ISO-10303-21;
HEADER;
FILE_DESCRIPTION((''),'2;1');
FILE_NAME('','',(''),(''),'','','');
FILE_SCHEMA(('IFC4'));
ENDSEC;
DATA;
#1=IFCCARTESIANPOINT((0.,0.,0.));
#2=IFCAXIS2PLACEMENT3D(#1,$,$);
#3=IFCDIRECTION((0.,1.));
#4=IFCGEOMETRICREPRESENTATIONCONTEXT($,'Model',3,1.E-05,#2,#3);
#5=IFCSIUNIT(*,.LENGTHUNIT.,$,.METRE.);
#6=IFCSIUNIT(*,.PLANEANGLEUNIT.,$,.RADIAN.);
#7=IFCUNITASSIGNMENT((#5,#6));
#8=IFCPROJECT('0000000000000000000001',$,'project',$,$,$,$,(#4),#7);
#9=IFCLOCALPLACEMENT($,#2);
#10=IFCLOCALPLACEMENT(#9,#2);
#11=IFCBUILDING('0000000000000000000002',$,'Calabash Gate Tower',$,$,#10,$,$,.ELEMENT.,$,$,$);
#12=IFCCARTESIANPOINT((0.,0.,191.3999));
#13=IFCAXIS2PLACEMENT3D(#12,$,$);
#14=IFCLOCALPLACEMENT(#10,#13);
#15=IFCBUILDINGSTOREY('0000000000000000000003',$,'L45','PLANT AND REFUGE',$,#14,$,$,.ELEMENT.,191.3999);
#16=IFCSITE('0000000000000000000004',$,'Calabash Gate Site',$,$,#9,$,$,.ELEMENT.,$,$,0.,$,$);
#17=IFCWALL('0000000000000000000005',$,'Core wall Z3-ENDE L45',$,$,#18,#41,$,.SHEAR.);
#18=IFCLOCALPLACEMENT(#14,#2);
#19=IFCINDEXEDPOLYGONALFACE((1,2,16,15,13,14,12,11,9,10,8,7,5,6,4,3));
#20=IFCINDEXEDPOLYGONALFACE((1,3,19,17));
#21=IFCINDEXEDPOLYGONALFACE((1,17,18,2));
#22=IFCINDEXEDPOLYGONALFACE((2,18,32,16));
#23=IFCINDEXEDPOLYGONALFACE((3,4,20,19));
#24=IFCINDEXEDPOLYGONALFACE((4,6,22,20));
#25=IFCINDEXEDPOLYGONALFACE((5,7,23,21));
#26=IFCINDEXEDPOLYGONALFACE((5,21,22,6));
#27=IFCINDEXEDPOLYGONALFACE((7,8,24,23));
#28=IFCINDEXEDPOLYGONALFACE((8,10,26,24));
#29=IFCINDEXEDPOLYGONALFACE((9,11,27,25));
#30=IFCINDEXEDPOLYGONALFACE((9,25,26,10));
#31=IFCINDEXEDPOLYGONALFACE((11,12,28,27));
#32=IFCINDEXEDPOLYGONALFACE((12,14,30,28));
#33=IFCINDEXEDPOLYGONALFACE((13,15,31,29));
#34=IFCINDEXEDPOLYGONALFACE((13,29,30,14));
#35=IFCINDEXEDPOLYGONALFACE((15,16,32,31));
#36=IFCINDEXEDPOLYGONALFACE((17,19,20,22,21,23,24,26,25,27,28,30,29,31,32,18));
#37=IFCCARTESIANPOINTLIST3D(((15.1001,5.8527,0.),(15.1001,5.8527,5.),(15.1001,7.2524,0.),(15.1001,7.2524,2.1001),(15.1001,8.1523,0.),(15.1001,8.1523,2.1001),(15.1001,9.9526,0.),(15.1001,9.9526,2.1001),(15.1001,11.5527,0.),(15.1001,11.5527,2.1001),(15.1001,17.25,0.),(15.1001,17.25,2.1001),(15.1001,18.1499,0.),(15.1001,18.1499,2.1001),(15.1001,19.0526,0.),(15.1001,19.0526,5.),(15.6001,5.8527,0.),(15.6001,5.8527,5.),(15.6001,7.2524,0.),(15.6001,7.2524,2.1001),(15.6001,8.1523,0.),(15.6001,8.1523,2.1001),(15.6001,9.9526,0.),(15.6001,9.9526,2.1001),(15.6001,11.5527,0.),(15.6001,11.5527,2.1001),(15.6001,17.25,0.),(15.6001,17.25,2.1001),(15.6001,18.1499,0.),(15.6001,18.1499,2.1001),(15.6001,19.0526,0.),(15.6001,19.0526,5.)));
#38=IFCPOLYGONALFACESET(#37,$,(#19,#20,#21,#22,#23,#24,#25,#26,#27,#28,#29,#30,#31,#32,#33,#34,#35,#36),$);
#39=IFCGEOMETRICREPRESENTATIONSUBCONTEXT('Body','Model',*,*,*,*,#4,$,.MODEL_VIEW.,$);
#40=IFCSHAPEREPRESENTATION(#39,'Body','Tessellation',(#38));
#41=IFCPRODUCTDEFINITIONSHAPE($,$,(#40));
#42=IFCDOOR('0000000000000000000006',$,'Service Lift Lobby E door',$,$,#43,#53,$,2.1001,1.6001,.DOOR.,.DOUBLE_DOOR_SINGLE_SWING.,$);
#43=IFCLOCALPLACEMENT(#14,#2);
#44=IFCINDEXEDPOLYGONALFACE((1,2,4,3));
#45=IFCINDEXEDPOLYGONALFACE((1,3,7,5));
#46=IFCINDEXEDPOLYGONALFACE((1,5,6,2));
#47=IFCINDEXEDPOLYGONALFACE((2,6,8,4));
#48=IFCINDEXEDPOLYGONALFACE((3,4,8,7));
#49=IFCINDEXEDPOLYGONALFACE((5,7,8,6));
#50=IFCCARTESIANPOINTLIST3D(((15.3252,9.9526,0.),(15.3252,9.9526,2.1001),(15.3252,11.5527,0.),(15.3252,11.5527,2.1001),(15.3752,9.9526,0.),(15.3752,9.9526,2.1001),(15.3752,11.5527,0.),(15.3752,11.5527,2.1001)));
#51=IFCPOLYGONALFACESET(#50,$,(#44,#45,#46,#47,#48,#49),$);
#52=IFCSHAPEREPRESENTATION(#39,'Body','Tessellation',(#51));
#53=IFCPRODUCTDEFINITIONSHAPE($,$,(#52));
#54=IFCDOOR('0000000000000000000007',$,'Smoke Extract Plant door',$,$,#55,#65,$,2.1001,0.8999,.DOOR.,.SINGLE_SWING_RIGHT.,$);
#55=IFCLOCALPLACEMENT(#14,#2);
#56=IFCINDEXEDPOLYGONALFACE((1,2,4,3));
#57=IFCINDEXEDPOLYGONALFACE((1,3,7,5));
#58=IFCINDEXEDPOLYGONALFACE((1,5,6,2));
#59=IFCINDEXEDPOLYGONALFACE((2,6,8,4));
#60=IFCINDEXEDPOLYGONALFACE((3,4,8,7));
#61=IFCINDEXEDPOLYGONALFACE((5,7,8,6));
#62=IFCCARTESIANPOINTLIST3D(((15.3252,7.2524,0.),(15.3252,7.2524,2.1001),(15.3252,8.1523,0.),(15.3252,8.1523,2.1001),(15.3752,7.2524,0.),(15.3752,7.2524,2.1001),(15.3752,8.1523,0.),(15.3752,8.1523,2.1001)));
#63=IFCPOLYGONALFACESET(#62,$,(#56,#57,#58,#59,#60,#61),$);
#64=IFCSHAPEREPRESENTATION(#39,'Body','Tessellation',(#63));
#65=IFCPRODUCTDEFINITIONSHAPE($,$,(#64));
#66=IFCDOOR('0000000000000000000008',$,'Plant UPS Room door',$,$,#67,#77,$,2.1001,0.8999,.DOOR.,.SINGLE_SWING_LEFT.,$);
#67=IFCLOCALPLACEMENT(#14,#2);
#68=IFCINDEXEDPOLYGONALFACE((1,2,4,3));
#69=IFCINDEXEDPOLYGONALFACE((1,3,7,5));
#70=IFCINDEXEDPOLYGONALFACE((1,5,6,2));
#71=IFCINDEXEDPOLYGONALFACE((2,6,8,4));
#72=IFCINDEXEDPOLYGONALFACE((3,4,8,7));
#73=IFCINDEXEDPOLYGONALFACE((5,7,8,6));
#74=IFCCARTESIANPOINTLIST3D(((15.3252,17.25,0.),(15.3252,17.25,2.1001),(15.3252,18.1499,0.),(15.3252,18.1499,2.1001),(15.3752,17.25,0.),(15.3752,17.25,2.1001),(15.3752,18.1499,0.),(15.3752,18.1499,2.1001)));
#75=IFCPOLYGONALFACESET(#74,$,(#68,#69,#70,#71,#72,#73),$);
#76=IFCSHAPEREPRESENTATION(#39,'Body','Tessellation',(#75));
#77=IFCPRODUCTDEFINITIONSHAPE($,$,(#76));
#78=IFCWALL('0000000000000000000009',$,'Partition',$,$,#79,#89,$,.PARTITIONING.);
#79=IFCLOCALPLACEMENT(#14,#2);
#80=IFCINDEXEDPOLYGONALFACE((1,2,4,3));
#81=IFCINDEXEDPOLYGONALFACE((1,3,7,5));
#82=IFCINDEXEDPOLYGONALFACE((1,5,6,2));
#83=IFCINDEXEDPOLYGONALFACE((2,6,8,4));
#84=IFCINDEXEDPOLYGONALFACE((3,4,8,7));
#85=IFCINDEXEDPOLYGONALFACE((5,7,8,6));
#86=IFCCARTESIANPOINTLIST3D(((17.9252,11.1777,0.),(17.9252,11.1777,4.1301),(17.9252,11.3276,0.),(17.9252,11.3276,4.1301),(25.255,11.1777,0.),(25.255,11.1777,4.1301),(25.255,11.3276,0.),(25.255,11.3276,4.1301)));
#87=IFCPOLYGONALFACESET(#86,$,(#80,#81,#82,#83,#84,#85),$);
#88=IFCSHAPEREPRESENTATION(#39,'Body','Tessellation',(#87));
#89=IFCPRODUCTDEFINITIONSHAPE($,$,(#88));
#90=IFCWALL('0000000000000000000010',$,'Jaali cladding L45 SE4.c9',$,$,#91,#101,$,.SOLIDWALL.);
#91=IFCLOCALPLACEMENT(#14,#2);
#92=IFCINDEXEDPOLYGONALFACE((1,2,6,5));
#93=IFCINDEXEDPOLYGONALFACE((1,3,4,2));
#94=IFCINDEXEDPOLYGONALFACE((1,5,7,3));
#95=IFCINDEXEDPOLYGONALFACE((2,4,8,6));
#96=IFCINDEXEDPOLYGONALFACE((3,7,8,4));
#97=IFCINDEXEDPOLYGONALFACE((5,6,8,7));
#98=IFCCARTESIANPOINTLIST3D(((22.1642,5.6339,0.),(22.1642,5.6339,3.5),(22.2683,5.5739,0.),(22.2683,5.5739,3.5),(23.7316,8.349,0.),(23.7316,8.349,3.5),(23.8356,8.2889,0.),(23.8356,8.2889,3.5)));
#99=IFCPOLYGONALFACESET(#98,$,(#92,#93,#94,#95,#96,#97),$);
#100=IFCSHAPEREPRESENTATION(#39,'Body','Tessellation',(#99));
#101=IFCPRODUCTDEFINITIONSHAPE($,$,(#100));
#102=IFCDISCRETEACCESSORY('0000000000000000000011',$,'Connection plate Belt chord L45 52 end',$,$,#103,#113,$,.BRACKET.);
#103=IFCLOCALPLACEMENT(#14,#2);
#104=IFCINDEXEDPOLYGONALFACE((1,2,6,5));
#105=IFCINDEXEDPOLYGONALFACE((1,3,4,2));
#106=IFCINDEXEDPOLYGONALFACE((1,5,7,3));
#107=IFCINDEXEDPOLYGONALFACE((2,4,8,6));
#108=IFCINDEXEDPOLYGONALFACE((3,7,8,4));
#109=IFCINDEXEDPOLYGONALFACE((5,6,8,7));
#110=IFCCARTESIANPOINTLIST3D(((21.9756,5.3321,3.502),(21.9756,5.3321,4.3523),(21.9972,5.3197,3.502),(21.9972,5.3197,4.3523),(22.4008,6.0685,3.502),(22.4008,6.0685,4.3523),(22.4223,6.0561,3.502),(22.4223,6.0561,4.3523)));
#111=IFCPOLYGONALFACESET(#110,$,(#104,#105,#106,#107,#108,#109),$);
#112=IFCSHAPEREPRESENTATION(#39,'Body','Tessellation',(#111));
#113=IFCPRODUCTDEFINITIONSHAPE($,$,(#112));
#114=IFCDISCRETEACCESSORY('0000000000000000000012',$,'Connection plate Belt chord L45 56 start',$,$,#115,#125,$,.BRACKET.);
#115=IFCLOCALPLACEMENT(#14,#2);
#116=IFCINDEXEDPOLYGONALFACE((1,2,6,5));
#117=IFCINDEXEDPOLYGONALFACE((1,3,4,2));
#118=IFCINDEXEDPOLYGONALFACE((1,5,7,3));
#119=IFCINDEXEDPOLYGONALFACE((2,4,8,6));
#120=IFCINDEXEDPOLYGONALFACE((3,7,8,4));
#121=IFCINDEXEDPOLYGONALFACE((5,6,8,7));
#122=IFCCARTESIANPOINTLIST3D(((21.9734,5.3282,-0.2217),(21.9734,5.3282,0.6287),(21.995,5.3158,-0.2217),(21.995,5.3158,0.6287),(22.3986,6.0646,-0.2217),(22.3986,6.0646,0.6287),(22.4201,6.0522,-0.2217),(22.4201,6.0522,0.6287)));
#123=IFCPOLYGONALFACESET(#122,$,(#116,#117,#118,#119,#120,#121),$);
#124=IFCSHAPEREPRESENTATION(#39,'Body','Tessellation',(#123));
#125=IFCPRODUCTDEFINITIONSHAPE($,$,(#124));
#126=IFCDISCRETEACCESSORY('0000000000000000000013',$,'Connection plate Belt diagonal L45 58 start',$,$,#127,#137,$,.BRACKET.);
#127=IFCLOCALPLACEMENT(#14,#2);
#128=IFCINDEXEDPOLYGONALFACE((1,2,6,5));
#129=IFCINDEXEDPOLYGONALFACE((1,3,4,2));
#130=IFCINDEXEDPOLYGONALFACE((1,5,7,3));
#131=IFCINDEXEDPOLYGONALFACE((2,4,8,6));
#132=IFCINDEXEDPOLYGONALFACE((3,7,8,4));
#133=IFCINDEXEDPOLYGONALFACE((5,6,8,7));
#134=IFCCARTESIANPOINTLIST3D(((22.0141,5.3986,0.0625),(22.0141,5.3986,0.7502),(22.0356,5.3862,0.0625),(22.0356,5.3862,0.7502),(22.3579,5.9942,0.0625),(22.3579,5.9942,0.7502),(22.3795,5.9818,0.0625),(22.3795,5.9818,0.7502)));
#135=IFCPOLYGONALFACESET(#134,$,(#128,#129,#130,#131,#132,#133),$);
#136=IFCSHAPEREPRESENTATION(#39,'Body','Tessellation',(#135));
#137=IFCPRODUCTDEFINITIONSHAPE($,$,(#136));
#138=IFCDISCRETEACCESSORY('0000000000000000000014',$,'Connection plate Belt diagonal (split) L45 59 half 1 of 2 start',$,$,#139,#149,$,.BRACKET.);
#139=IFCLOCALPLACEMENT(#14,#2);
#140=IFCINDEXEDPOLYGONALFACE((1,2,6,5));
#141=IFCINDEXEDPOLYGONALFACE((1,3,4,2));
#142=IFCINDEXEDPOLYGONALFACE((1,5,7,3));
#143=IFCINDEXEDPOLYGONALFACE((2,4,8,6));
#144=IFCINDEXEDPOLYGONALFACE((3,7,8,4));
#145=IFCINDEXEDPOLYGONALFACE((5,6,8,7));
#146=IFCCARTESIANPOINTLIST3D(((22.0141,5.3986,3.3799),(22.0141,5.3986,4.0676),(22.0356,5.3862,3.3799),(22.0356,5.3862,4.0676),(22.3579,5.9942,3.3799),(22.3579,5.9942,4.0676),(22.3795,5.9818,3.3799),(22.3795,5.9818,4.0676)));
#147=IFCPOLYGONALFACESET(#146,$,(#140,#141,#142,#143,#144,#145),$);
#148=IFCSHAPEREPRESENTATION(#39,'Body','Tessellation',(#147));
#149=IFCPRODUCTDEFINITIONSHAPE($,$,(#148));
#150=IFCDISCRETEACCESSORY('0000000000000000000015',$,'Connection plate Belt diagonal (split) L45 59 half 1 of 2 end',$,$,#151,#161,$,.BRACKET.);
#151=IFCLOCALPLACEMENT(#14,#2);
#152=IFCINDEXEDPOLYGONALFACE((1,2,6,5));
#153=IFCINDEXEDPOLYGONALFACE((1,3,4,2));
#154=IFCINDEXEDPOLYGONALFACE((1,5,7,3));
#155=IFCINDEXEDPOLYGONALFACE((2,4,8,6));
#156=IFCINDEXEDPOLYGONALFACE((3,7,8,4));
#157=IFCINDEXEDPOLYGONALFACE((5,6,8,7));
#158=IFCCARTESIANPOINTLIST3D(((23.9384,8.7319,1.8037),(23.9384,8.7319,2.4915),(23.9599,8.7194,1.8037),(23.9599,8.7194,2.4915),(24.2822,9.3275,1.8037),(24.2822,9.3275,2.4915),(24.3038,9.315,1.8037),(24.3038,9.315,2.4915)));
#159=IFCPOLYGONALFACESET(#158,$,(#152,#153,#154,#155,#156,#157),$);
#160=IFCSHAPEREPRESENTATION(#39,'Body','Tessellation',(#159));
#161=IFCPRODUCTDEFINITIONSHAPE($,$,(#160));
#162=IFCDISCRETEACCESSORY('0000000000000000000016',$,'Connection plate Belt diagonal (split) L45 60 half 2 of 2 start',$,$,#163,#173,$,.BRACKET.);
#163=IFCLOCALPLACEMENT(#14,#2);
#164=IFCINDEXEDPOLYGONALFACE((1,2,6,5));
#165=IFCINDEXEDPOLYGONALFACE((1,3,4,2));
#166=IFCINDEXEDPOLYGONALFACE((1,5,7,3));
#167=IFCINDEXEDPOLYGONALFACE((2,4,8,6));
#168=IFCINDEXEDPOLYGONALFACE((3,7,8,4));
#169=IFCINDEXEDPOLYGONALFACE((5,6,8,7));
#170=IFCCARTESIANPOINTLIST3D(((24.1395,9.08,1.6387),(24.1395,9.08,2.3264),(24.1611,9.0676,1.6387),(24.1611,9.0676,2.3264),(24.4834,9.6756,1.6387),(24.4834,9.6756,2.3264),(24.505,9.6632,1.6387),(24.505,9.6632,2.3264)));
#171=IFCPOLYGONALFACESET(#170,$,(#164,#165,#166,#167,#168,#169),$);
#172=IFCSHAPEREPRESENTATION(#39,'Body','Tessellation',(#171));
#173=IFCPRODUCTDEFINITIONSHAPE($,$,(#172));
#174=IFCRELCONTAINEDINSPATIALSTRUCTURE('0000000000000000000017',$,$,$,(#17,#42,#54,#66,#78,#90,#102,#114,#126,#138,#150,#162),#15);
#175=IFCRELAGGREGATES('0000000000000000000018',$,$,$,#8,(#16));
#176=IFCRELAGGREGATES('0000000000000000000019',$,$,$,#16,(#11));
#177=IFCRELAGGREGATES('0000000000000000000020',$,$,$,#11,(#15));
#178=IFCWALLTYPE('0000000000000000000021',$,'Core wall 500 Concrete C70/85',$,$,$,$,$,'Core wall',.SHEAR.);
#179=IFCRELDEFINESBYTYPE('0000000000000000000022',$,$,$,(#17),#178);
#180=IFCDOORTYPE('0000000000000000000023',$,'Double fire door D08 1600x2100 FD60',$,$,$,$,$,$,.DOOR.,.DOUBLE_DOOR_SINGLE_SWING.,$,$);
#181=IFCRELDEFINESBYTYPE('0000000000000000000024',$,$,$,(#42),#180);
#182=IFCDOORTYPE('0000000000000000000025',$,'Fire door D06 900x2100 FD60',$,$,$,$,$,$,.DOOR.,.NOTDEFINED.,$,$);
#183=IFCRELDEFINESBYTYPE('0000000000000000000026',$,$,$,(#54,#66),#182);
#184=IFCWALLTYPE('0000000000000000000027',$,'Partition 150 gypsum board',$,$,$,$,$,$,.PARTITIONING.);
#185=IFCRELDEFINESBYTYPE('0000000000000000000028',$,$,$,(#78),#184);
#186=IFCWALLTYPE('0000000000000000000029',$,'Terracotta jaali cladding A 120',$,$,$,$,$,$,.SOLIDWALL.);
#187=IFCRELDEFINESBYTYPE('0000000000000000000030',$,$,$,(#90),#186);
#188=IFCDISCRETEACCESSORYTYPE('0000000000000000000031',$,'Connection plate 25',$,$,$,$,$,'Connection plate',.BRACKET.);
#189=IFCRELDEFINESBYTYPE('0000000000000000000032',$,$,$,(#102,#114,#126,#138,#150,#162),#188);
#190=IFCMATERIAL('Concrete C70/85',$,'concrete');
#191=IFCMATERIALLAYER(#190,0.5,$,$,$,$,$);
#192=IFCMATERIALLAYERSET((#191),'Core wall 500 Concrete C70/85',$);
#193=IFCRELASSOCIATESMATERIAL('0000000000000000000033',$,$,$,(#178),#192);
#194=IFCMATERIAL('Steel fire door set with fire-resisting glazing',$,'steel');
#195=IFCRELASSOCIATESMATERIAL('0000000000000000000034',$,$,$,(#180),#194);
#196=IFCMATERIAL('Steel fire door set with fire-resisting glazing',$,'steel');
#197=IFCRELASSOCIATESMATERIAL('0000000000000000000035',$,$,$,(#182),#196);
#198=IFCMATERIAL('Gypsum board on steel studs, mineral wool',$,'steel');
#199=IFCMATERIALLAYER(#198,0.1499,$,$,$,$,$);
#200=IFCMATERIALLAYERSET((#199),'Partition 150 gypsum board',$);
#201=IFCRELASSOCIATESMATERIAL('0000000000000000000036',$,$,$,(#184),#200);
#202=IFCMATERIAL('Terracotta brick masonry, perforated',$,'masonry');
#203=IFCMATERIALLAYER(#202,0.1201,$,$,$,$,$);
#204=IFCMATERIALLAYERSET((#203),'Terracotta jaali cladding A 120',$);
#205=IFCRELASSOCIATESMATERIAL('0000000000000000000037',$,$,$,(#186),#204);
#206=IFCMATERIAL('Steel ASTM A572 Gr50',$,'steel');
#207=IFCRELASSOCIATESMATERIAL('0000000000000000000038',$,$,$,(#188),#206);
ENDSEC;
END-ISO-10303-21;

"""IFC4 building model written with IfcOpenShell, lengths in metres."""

from ifc_helpers import new_model, si_unit, direction, frame, frame_2d, origin, origin_2d, place, context, subcontext, project, spatial, rectangle, extrude, material, layer, layer_set, type_object, element, fill, save


model = new_model("IFC4")

# Units and contexts
model_context = context("Model", 3, precision=1e-05, world=origin(), true_north=direction((0.0, 1.0)))
body_context = subcontext(model_context, "Body", "Model", "MODEL_VIEW")
ifc_project = project(units=[si_unit("LENGTHUNIT", "METRE"), si_unit("PLANEANGLEUNIT", "RADIAN")], contexts=[model_context])

# Site, building, storey
site_placement = place(None, origin())
site = spatial("IfcSite", under=ifc_project, at=site_placement, Name="Calabash Gate Site", CompositionType="ELEMENT", RefElevation=0.0)
building_placement = place(site_placement, origin())
building = spatial("IfcBuilding", under=site, at=building_placement, Name="Calabash Gate Tower", CompositionType="ELEMENT")
storey_placement = place(building_placement, frame((0.0, 0.0, 191.3999)))
storey = spatial("IfcBuildingStorey", under=building, at=storey_placement, Name="L45", Description="PLANT AND REFUGE", CompositionType="ELEMENT", Elevation=191.3999)

# Shared definitions
ifc_material_1 = material(Name="Concrete C70/85", Category="concrete")
ifc_layer_1 = layer(ifc_material_1, 0.5)
ifc_layer_set_1 = layer_set([ifc_layer_1], Name="Core wall 500 Concrete C70/85")
wall_type_1 = type_object("IfcWallType", Name="Core wall 500 Concrete C70/85", ElementType="Core wall", PredefinedType="SHEAR", material=ifc_layer_set_1)

# Wall, openings, doors
wall_1_placement = place(storey_placement, frame((15.3501, 5.8525, 0.0), z_axis=(0.0, 0.0, 1.0), x_axis=(0.0, 1.0, 0.0)))
wall_1 = element("IfcWall", 1, at=wall_1_placement, inside=storey, type_object=wall_type_1, Name="Core wall Z3-ENDE L45", PredefinedType="SHEAR", context=body_context, shape_type="SweptSolid", body=[
    extrude(rectangle(XDim=13.2, YDim=0.5, at=frame_2d((6.6001, 0.0))), origin(), (0.0, 0.0, 1.0), 5.0),
])
opening_1_placement = place(wall_1_placement, frame((4.1001, 0.0, 0.0)))
opening_1 = element("IfcOpeningElement", 2, at=opening_1_placement, cuts=wall_1, PredefinedType="OPENING", context=body_context, shape_type="SweptSolid", body=[
    extrude(rectangle(XDim=1.6001, YDim=2.1001, at=frame_2d((0.8, 1.05))), frame((0.0, 0.26, 0.0), z_axis=(0.0, -1.0, 0.0), x_axis=(1.0, 0.0, 0.0)), (0.0, 0.0, 1.0), 0.52),
])
opening_2_placement = place(wall_1_placement, frame((1.3999, 0.0, 0.0)))
opening_2 = element("IfcOpeningElement", 3, at=opening_2_placement, cuts=wall_1, PredefinedType="OPENING", context=body_context, shape_type="SweptSolid", body=[
    extrude(rectangle(XDim=0.8999, YDim=2.1001, at=frame_2d((0.45, 1.05))), frame((0.0, 0.26, 0.0), z_axis=(0.0, -1.0, 0.0), x_axis=(1.0, 0.0, 0.0)), (0.0, 0.0, 1.0), 0.52),
])
opening_3_placement = place(wall_1_placement, frame((11.3975, 0.0, 0.0)))
opening_3 = element("IfcOpeningElement", 4, at=opening_3_placement, cuts=wall_1, PredefinedType="OPENING", context=body_context, shape_type="SweptSolid", body=[
    extrude(rectangle(XDim=0.8999, YDim=2.1001, at=frame_2d((0.45, 1.05))), frame((0.0, 0.26, 0.0), z_axis=(0.0, -1.0, 0.0), x_axis=(1.0, 0.0, 0.0)), (0.0, 0.0, 1.0), 0.52),
])
ifc_material_2 = material(Name="Steel fire door set with fire-resisting glazing", Category="steel")
door_type_1 = type_object("IfcDoorType", Name="Double fire door D08 1600x2100 FD60", OperationType="DOUBLE_DOOR_SINGLE_SWING", PredefinedType="DOOR", material=ifc_material_2)
door_1_placement = place(opening_1_placement, origin())
door_1 = element("IfcDoor", 5, at=door_1_placement, inside=storey, type_object=door_type_1, Name="Service Lift Lobby E door", OperationType="DOUBLE_DOOR_SINGLE_SWING", OverallHeight=2.1001, OverallWidth=1.6001, PredefinedType="DOOR", context=body_context, shape_type="SweptSolid", body=[
    extrude(rectangle(XDim=1.6001, YDim=2.1001, at=frame_2d((0.8, 1.05))), frame((0.0, 0.0249, 0.0), z_axis=(0.0, -1.0, 0.0), x_axis=(1.0, 0.0, 0.0)), (0.0, 0.0, 1.0), 0.05),
])
fill(opening_1, door_1)
ifc_material_3 = material(Name="Steel fire door set with fire-resisting glazing", Category="steel")
door_type_2 = type_object("IfcDoorType", Name="Fire door D06 900x2100 FD60", OperationType="NOTDEFINED", PredefinedType="DOOR", material=ifc_material_3)
door_2_placement = place(opening_2_placement, origin())
door_2 = element("IfcDoor", 6, at=door_2_placement, inside=storey, type_object=door_type_2, Name="Smoke Extract Plant door", OperationType="SINGLE_SWING_RIGHT", OverallHeight=2.1001, OverallWidth=0.8999, PredefinedType="DOOR", context=body_context, shape_type="SweptSolid", body=[
    extrude(rectangle(XDim=0.8999, YDim=2.1001, at=frame_2d((0.45, 1.05))), frame((0.0, 0.0249, 0.0), z_axis=(0.0, -1.0, 0.0), x_axis=(1.0, 0.0, 0.0)), (0.0, 0.0, 1.0), 0.05),
])
fill(opening_2, door_2)
door_3_placement = place(opening_3_placement, origin())
door_3 = element("IfcDoor", 7, at=door_3_placement, inside=storey, type_object=door_type_2, Name="Plant UPS Room door", OperationType="SINGLE_SWING_LEFT", OverallHeight=2.1001, OverallWidth=0.8999, PredefinedType="DOOR", context=body_context, shape_type="SweptSolid", body=[
    extrude(rectangle(XDim=0.8999, YDim=2.1001, at=frame_2d((0.45, 1.05))), frame((0.0, 0.0249, 0.0), z_axis=(0.0, -1.0, 0.0), x_axis=(1.0, 0.0, 0.0)), (0.0, 0.0, 1.0), 0.05),
])
fill(opening_3, door_3)

# Walls
ifc_material_4 = material(Name="Gypsum board on steel studs, mineral wool", Category="steel")
ifc_layer_2 = layer(ifc_material_4, 0.1499)
ifc_layer_set_2 = layer_set([ifc_layer_2], Name="Partition 150 gypsum board")
wall_type_2 = type_object("IfcWallType", Name="Partition 150 gypsum board", PredefinedType="PARTITIONING", material=ifc_layer_set_2)
wall_2_placement = place(storey_placement, frame((17.925, 11.2527, 0.0), z_axis=(0.0, 0.0, 1.0), x_axis=(1.0, 0.0, 0.0)))
element("IfcWall", 8, at=wall_2_placement, inside=storey, type_object=wall_type_2, Name="Partition", PredefinedType="PARTITIONING", context=body_context, shape_type="SweptSolid", body=[
    extrude(rectangle(XDim=7.3298, YDim=0.1499, at=frame_2d((3.665, 0.0))), origin(), (0.0, 0.0, 1.0), 4.1301),
])
ifc_material_5 = material(Name="Terracotta brick masonry, perforated", Category="masonry")
ifc_layer_3 = layer(ifc_material_5, 0.1201)
ifc_layer_set_3 = layer_set([ifc_layer_3], Name="Terracotta jaali cladding A 120")
wall_type_3 = type_object("IfcWallType", Name="Terracotta jaali cladding A 120", PredefinedType="SOLIDWALL", material=ifc_layer_set_3)
wall_3_placement = place(storey_placement, frame((22.2163, 5.604, 0.0), z_axis=(0.0, 0.0, 1.0), x_axis=(0.499958, 0.866049, 0.0)))
element("IfcWall", 9, at=wall_3_placement, inside=storey, type_object=wall_type_3, Name="Jaali cladding L45 SE4.c9", PredefinedType="SOLIDWALL", context=body_context, shape_type="SweptSolid", body=[
    extrude(rectangle(XDim=3.135, YDim=0.1201, at=frame_2d((1.5674, 0.0))), origin(), (0.0, 0.0, 1.0), 3.5),
])

# Discrete accessories
ifc_material_6 = material(Name="Steel ASTM A572 Gr50", Category="steel")
discrete_accessory_type = type_object("IfcDiscreteAccessoryType", Name="Connection plate 25", ElementType="Connection plate", PredefinedType="BRACKET", material=ifc_material_6)
for number, where, z_axis, x_axis, name in (
    (10, (22.199, 5.6941, 3.502), (0.0, 0.0, 1.0), (0.500007, 0.866021, 0.0), "Connection plate Belt chord L45 52 end"),
    (11, (22.1968, 5.6902, -0.2217), (0.0, 0.0, 1.0), (0.5, 0.866025, 0.0), "Connection plate Belt chord L45 56 start"),
):
    element("IfcDiscreteAccessory", number, at=place(storey_placement, frame(where, z_axis=z_axis, x_axis=x_axis)), inside=storey, type_object=discrete_accessory_type, Name=name, PredefinedType="BRACKET", context=body_context, shape_type="SweptSolid", body=[
        extrude(rectangle(XDim=0.8503, YDim=0.0249, at=origin_2d()), origin(), (0.0, 0.0, 1.0), 0.8503),
    ])
for number, where, z_axis, x_axis, name in (
    (12, (22.1968, 5.6902, 0.0625), (0.0, 0.0, 1.0), (0.5, 0.866025, 0.0), "Connection plate Belt diagonal L45 58 start"),
    (13, (22.1968, 5.6902, 3.3799), (0.0, 0.0, 1.0), (0.5, 0.866025, 0.0), "Connection plate Belt diagonal (split) L45 59 half 1 of 2 start"),
    (14, (24.1211, 9.0234, 1.8037), (0.0, 0.0, 1.0), (0.5, 0.866025, 0.0), "Connection plate Belt diagonal (split) L45 59 half 1 of 2 end"),
    (15, (24.3223, 9.3716, 1.6387), (0.0, 0.0, 1.0), (0.5, 0.866025, 0.0), "Connection plate Belt diagonal (split) L45 60 half 2 of 2 start"),
):
    element("IfcDiscreteAccessory", number, at=place(storey_placement, frame(where, z_axis=z_axis, x_axis=x_axis)), inside=storey, type_object=discrete_accessory_type, Name=name, PredefinedType="BRACKET", context=body_context, shape_type="SweptSolid", body=[
        extrude(rectangle(XDim=0.6877, YDim=0.0249, at=origin_2d()), origin(), (0.0, 0.0, 1.0), 0.6877),
    ])

save(model, "model.ifc")
